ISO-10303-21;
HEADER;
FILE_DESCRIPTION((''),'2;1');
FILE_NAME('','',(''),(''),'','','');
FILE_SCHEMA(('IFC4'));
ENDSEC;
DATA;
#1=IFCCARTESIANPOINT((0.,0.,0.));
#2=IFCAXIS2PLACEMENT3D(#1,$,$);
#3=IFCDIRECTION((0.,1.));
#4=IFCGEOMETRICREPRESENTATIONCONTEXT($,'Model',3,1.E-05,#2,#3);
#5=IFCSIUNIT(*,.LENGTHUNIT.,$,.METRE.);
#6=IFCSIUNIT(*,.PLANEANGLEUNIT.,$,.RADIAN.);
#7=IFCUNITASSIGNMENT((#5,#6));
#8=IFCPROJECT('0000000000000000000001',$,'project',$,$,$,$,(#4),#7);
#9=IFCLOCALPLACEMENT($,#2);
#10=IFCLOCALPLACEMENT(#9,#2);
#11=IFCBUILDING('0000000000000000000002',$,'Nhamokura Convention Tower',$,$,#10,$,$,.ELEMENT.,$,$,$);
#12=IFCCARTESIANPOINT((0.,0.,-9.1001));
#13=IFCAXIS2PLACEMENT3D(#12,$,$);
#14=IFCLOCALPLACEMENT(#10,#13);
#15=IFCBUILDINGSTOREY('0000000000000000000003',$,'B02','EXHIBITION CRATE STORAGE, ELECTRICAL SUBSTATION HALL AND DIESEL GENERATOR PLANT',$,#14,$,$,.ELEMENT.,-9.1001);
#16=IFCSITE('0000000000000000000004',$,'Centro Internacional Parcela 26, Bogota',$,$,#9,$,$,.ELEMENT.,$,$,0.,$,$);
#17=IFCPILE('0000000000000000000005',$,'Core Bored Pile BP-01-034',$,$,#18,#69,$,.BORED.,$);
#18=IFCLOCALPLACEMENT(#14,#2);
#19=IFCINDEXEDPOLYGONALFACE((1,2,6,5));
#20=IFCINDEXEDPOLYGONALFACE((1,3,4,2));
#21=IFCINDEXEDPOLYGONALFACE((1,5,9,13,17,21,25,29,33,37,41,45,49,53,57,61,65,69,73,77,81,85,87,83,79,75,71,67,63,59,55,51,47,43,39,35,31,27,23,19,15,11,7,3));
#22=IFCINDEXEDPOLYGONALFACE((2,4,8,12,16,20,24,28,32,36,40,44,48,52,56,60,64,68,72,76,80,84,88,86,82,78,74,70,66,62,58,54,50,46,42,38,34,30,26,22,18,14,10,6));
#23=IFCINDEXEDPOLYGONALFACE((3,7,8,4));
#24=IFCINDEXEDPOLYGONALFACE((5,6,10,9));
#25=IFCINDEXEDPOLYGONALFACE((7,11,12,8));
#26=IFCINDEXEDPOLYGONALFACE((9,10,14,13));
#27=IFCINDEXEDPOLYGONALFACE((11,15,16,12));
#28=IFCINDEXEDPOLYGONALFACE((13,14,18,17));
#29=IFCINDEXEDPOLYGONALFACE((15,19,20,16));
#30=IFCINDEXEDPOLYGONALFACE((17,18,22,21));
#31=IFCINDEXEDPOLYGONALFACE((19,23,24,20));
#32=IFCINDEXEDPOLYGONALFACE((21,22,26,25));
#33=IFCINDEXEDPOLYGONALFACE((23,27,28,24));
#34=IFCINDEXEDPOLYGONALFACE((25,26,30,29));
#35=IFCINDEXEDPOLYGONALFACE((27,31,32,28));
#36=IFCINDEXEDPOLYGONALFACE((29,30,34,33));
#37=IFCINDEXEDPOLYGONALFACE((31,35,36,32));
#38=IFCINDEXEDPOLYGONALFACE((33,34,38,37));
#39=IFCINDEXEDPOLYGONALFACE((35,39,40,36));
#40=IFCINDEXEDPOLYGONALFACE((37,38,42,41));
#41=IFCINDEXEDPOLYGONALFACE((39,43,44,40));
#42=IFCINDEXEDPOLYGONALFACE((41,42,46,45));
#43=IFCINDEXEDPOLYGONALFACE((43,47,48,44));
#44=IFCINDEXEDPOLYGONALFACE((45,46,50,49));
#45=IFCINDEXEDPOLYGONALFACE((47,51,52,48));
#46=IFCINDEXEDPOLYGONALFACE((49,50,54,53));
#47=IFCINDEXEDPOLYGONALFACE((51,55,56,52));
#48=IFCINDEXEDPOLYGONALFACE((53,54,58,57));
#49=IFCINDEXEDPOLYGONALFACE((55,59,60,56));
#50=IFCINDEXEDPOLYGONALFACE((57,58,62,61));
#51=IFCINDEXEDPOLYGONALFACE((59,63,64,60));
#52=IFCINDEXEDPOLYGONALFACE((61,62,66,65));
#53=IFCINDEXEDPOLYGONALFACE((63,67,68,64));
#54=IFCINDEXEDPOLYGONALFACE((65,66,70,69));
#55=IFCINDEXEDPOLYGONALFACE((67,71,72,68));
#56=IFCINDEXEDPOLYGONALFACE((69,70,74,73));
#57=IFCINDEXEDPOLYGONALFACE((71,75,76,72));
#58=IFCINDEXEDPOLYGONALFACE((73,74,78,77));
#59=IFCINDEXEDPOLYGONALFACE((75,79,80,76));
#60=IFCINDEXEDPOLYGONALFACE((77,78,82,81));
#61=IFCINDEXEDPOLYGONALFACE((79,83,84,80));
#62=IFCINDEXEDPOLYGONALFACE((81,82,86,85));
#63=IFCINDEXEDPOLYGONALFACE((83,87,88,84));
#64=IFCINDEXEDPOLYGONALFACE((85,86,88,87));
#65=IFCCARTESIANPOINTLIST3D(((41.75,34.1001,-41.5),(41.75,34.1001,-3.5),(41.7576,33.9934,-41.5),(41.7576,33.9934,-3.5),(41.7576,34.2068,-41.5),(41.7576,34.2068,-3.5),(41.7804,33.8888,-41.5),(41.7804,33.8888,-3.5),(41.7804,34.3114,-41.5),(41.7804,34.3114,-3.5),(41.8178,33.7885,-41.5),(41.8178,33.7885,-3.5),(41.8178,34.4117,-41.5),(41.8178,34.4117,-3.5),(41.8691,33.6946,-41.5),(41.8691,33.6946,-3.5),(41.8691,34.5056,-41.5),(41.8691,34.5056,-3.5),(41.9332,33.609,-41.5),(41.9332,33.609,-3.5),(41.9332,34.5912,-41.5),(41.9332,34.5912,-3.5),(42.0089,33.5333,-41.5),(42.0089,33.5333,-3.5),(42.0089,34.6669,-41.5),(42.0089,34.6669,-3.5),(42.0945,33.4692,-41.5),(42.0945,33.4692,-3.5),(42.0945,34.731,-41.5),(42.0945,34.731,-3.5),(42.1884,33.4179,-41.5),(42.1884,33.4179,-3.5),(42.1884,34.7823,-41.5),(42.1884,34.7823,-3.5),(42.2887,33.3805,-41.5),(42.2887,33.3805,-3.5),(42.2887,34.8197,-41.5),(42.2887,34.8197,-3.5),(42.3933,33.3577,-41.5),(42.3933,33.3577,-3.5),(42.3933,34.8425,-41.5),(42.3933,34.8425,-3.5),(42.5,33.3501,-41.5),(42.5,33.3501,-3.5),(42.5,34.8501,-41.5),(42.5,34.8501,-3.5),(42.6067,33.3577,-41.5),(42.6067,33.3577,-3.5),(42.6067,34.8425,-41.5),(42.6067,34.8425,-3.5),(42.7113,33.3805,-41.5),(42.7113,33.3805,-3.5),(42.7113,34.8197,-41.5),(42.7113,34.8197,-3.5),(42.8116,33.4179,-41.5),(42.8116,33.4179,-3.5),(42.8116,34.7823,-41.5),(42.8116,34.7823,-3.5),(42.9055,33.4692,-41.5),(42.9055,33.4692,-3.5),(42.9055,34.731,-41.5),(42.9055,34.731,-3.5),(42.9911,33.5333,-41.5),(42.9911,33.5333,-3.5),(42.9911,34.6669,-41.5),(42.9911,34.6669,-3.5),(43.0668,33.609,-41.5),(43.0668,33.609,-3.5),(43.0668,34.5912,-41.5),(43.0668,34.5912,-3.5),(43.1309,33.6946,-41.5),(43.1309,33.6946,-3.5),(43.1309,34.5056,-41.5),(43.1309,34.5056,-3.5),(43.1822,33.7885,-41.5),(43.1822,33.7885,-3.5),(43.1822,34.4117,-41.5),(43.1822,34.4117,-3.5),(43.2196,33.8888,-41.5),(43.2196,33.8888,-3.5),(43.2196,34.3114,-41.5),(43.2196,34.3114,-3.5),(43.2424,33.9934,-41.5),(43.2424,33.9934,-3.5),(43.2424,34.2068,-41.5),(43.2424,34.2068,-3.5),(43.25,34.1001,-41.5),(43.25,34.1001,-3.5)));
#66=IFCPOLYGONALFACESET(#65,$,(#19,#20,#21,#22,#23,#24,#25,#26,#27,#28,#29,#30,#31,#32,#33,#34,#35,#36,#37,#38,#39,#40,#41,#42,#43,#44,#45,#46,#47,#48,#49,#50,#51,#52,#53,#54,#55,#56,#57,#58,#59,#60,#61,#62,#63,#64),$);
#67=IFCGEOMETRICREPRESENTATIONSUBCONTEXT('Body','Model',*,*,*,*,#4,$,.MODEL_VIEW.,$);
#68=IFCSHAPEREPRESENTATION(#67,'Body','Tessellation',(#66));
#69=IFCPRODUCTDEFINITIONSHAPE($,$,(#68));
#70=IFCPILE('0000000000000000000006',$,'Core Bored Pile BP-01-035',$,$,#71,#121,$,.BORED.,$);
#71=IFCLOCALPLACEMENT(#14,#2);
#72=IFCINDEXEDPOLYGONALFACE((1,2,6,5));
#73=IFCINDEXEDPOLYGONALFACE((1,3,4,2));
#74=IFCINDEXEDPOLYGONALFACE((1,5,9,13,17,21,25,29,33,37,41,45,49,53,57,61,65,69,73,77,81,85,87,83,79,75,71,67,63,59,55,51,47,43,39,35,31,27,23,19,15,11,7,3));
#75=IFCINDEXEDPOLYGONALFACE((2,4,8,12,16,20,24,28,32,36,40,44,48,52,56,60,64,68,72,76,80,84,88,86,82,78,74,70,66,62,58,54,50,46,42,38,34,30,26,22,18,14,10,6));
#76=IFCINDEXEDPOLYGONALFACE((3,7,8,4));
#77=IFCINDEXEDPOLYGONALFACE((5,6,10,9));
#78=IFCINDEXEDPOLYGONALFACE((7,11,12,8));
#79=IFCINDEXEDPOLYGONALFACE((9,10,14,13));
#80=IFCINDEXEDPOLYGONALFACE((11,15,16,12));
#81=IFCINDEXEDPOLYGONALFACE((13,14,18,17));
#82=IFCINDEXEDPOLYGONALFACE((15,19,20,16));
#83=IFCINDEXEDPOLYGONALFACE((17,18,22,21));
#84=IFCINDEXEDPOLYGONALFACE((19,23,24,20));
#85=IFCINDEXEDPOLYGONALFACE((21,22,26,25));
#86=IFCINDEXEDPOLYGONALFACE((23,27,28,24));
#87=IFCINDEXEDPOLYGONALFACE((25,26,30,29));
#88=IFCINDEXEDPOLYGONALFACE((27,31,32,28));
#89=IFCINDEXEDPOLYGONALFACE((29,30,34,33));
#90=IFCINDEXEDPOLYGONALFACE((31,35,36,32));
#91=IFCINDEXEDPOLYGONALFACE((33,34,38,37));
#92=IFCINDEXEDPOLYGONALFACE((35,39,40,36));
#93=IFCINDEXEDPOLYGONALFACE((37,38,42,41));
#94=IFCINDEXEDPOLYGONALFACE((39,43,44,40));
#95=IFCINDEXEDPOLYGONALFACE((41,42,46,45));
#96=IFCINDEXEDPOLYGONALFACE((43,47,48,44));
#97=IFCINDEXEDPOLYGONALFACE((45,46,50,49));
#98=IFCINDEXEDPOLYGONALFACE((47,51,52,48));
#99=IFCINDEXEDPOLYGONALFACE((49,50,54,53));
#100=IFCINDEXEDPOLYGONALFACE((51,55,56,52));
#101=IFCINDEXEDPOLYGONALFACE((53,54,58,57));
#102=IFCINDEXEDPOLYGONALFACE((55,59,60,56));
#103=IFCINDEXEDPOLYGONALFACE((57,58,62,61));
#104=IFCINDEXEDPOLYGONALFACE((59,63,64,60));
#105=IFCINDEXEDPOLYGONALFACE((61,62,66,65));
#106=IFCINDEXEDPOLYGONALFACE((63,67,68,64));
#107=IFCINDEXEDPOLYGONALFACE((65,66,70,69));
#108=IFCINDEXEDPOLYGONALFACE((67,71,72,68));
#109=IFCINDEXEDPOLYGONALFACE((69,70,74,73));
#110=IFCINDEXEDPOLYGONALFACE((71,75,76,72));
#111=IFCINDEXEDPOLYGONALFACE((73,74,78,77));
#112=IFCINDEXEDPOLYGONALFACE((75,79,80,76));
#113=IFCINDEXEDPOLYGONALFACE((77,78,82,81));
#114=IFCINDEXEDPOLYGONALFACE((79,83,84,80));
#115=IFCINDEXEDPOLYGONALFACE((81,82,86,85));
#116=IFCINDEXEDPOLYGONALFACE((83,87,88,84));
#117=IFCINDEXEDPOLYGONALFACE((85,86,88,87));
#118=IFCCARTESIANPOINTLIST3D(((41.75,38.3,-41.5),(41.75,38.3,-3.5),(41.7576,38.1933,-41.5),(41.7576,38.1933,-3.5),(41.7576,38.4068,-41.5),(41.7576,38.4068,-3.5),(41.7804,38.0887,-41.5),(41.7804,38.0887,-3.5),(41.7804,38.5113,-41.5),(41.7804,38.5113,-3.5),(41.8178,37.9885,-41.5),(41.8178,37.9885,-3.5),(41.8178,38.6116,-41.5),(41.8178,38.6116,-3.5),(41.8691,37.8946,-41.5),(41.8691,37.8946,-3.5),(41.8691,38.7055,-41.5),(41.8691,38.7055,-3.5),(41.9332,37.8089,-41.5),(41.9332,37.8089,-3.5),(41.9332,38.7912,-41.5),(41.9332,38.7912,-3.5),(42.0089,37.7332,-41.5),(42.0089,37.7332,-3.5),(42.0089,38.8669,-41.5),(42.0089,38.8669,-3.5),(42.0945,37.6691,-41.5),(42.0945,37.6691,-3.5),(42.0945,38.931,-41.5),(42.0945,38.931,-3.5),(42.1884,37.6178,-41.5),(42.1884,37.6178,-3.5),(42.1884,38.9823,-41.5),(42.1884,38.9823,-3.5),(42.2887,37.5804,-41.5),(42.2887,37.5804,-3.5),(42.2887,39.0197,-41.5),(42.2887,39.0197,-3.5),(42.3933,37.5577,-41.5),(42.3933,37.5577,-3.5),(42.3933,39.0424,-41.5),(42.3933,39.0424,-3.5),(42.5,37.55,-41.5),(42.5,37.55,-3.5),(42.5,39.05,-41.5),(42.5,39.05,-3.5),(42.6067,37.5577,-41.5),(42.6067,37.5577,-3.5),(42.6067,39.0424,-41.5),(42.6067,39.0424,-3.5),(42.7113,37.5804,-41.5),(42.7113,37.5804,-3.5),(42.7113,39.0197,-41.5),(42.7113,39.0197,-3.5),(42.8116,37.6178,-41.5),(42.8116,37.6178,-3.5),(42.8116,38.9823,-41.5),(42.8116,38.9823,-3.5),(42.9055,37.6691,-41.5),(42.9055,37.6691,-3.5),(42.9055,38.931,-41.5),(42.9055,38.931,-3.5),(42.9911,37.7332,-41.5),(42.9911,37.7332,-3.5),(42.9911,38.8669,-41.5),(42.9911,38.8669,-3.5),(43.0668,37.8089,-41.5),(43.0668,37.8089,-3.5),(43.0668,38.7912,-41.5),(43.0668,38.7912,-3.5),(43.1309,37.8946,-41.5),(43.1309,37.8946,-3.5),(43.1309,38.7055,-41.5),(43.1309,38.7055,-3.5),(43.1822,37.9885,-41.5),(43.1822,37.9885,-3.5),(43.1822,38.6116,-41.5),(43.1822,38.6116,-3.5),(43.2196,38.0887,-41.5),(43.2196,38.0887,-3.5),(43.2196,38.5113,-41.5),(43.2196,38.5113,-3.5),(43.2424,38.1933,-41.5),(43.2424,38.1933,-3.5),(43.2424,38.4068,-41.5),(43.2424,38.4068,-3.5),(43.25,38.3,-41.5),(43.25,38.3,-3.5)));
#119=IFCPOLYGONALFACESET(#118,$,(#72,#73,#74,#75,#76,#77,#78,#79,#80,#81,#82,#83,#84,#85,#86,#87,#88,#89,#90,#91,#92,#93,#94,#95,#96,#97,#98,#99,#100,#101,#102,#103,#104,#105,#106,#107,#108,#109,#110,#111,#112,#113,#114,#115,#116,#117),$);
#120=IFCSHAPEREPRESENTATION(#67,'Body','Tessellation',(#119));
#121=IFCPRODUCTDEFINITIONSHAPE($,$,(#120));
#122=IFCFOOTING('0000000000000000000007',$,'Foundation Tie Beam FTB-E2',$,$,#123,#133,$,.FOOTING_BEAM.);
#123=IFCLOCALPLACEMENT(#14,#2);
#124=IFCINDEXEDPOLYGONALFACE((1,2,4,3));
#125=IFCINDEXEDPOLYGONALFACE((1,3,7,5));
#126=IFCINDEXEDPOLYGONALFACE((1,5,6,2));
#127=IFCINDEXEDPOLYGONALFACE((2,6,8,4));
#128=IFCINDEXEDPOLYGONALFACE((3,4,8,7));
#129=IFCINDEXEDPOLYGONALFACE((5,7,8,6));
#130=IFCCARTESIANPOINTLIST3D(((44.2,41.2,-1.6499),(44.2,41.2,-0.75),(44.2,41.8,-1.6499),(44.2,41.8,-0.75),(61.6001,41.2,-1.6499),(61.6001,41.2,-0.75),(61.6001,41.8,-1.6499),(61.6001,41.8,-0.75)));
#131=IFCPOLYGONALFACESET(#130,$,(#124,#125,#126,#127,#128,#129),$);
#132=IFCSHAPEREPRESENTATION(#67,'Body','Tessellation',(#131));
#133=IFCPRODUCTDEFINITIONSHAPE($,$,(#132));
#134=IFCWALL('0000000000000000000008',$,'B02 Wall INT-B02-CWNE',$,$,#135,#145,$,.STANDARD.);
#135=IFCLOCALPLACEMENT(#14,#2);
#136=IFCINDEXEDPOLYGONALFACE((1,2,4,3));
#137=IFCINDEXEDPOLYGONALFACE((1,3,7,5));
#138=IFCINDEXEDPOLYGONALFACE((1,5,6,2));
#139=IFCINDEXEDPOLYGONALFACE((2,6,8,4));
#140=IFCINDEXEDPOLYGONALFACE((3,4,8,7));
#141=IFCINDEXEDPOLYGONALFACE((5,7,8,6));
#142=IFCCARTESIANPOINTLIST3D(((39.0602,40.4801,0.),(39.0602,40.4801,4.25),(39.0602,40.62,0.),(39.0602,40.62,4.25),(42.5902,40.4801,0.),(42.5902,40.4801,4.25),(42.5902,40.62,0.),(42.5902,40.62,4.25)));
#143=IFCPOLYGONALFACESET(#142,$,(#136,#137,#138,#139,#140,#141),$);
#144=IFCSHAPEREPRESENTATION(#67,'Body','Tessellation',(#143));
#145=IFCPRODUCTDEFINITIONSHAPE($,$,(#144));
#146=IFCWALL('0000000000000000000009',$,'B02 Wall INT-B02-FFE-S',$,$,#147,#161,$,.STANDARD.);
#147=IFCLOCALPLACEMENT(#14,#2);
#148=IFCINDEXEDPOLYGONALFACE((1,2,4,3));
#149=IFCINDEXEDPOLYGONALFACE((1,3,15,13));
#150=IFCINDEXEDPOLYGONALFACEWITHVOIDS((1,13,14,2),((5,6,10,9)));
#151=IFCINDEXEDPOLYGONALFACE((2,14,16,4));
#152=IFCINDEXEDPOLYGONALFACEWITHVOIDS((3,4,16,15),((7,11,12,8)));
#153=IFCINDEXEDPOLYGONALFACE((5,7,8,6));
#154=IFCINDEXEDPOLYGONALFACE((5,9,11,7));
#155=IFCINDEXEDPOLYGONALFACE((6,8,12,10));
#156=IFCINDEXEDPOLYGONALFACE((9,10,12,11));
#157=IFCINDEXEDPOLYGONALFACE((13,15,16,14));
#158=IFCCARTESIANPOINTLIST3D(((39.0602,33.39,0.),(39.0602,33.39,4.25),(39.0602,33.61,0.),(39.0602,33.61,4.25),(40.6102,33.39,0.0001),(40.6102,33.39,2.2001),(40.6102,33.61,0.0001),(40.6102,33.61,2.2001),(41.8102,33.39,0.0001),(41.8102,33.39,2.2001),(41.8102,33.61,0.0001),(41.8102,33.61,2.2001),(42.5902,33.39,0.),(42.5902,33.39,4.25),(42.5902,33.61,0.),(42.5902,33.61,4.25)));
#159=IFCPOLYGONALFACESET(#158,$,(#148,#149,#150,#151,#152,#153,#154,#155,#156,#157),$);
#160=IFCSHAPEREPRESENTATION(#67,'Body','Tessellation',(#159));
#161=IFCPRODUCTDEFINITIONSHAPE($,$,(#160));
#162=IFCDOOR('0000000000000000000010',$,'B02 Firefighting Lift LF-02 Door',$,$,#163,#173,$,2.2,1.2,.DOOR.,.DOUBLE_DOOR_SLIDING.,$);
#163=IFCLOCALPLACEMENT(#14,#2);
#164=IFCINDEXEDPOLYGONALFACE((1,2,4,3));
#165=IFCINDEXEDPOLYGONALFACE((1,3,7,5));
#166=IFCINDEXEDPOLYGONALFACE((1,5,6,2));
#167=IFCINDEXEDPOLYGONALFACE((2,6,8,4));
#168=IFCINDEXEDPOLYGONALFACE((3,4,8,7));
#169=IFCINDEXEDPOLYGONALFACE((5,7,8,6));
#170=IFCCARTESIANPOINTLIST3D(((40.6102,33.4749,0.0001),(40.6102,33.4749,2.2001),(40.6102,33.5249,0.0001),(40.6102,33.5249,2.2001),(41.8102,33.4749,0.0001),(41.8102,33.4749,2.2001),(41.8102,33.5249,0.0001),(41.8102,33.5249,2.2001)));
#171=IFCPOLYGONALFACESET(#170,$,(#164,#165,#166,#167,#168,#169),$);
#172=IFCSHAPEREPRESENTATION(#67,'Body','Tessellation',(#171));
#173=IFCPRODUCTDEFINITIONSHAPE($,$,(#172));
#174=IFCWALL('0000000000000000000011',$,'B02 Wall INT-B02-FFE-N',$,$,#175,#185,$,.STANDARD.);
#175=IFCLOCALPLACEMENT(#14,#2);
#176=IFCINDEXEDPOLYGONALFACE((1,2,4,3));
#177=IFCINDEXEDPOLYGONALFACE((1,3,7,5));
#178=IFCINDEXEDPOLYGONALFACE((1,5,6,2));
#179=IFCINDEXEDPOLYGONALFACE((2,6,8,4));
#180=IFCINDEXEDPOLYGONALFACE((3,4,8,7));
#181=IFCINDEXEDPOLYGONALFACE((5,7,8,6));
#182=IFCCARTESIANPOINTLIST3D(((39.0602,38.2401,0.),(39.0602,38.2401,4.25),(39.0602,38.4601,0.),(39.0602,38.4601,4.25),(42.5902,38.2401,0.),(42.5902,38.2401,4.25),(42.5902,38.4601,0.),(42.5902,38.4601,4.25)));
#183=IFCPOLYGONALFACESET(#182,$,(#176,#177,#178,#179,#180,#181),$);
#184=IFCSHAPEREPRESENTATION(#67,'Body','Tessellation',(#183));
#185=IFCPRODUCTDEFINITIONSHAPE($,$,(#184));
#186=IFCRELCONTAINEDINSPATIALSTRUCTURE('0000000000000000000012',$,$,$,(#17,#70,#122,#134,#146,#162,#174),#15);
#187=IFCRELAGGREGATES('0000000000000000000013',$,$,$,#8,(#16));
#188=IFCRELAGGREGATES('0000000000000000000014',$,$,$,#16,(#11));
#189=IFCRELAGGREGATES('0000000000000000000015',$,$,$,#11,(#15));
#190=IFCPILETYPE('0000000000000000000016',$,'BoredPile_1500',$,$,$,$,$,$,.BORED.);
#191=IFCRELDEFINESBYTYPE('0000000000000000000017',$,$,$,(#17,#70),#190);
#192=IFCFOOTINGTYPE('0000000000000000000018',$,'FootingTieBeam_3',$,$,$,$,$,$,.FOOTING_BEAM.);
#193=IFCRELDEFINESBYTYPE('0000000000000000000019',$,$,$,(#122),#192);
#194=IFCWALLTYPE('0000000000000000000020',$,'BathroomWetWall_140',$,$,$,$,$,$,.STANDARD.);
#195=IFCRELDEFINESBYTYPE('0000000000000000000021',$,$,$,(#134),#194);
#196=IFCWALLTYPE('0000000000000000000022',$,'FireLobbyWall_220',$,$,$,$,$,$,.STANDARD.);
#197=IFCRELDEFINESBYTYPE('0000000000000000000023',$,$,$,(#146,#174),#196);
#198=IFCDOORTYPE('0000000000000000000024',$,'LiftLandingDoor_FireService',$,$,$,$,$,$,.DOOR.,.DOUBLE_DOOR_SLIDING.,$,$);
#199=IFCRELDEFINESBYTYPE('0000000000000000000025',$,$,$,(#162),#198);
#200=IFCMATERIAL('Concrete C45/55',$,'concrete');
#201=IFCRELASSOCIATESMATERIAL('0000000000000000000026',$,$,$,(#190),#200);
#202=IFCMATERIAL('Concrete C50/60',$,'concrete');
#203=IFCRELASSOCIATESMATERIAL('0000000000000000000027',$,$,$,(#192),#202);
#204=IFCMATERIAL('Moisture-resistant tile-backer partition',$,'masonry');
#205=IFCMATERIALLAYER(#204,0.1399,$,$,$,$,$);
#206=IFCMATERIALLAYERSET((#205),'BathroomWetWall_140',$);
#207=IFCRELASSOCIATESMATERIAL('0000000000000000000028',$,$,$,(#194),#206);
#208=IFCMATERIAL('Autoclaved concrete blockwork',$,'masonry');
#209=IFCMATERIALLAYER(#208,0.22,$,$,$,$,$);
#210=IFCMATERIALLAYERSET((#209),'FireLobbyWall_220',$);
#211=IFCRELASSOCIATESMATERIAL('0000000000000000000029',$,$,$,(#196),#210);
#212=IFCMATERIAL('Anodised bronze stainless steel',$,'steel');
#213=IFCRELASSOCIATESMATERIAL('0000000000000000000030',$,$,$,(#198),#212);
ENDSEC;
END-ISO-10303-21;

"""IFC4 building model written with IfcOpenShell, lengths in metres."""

from ifc_helpers import new_model, si_unit, direction, frame, frame_2d, origin, origin_2d, place, context, subcontext, project, spatial, rectangle, circle, extrude, material, layer, layer_set, material_profile, profile_set, type_object, element, fill, save


model = new_model("IFC4")

# Units and contexts
model_context = context("Model", 3, precision=1e-05, world=origin(), true_north=direction((0.0, 1.0)))
body_context = subcontext(model_context, "Body", "Model", "MODEL_VIEW")
ifc_project = project(units=[si_unit("LENGTHUNIT", "METRE"), si_unit("PLANEANGLEUNIT", "RADIAN")], contexts=[model_context])

# Site, building, storey
site_placement = place(None, origin())
site = spatial("IfcSite", under=ifc_project, at=site_placement, Name="Centro Internacional Parcela 26, Bogota", CompositionType="ELEMENT", RefElevation=0.0)
building_placement = place(site_placement, origin())
building = spatial("IfcBuilding", under=site, at=building_placement, Name="Nhamokura Convention Tower", CompositionType="ELEMENT")
storey_placement = place(building_placement, frame((0.0, 0.0, -9.1001)))
storey = spatial("IfcBuildingStorey", under=building, at=storey_placement, Name="B02", Description="EXHIBITION CRATE STORAGE, ELECTRICAL SUBSTATION HALL AND DIESEL GENERATOR PLANT", CompositionType="ELEMENT", Elevation=-9.1001)

# Piles
ifc_material_1 = material(Name="Concrete C45/55", Category="concrete")
ifc_material_profile_1 = material_profile(ifc_material_1, circle(Radius=0.75, at=origin_2d()))
ifc_profile_set_1 = profile_set([ifc_material_profile_1], Name="Concrete C45/55")
pile_type = type_object("IfcPileType", Name="BoredPile_1500", PredefinedType="BORED", material=ifc_profile_set_1)
for number, where, z_axis, x_axis, name in (
    (1, (42.5, 34.1001, -3.5), (0.0, 0.0, -1.0), (1.0, 0.0, 0.0), "Core Bored Pile BP-01-034"),
    (2, (42.5, 38.3, -3.5), (0.0, 0.0, -1.0), (1.0, 0.0, 0.0), "Core Bored Pile BP-01-035"),
):
    element("IfcPile", number, at=place(storey_placement, frame(where, z_axis=z_axis, x_axis=x_axis)), inside=storey, type_object=pile_type, Name=name, PredefinedType="BORED", context=body_context, shape_type="SweptSolid", body=[
        extrude(circle(Radius=0.75, at=origin_2d()), origin(), (0.0, 0.0, 1.0), 38.0),
    ])

# Footing
ifc_material_2 = material(Name="Concrete C50/60", Category="concrete")
ifc_material_profile_2 = material_profile(ifc_material_2, rectangle(XDim=0.6001, YDim=0.8999, at=origin_2d()))
ifc_profile_set_2 = profile_set([ifc_material_profile_2], Name="Concrete C50/60")
footing_type = type_object("IfcFootingType", Name="FootingTieBeam_3", PredefinedType="FOOTING_BEAM", material=ifc_profile_set_2)
footing_placement = place(storey_placement, frame((44.2, 41.5, -1.2), z_axis=(1.0, 0.0, 0.0), x_axis=(0.0, 1.0, 0.0)))
element("IfcFooting", 3, at=footing_placement, inside=storey, type_object=footing_type, Name="Foundation Tie Beam FTB-E2", PredefinedType="FOOTING_BEAM", context=body_context, shape_type="SweptSolid", body=[
    extrude(rectangle(XDim=0.6001, YDim=0.8999, at=origin_2d()), origin(), (0.0, 0.0, 1.0), 17.4001),
])

# Wall
ifc_material_3 = material(Name="Moisture-resistant tile-backer partition", Category="masonry")
ifc_layer_1 = layer(ifc_material_3, 0.1399)
ifc_layer_set_1 = layer_set([ifc_layer_1], Name="BathroomWetWall_140")
wall_type_1 = type_object("IfcWallType", Name="BathroomWetWall_140", PredefinedType="STANDARD", material=ifc_layer_set_1)
wall_1_placement = place(storey_placement, frame((39.0601, 40.55, 0.0), z_axis=(0.0, 0.0, 1.0), x_axis=(1.0, 0.0, 0.0)))
element("IfcWall", 4, at=wall_1_placement, inside=storey, type_object=wall_type_1, Name="B02 Wall INT-B02-CWNE", PredefinedType="STANDARD", context=body_context, shape_type="SweptSolid", body=[
    extrude(rectangle(XDim=3.53, YDim=0.1399, at=frame_2d((1.7651, 0.0))), origin(), (0.0, 0.0, 1.0), 4.25),
])

# Wall, opening, door
ifc_material_4 = material(Name="Autoclaved concrete blockwork", Category="masonry")
ifc_layer_2 = layer(ifc_material_4, 0.22)
ifc_layer_set_2 = layer_set([ifc_layer_2], Name="FireLobbyWall_220")
wall_type_2 = type_object("IfcWallType", Name="FireLobbyWall_220", PredefinedType="STANDARD", material=ifc_layer_set_2)
wall_2_placement = place(storey_placement, frame((39.0601, 33.5, 0.0), z_axis=(0.0, 0.0, 1.0), x_axis=(1.0, 0.0, 0.0)))
wall_2 = element("IfcWall", 5, at=wall_2_placement, inside=storey, type_object=wall_type_2, Name="B02 Wall INT-B02-FFE-S", PredefinedType="STANDARD", context=body_context, shape_type="SweptSolid", body=[
    extrude(rectangle(XDim=3.53, YDim=0.22, at=frame_2d((1.7651, 0.0))), origin(), (0.0, 0.0, 1.0), 4.25),
])
opening_1_placement = place(wall_2_placement, frame((1.55, 0.0, 0.0)))
opening_1 = element("IfcOpeningElement", 6, at=opening_1_placement, cuts=wall_2, PredefinedType="OPENING", context=body_context, shape_type="SweptSolid", body=[
    extrude(rectangle(XDim=1.2, YDim=2.2, at=frame_2d((0.6001, 1.1001))), frame((0.0, 0.1199, 0.0), z_axis=(0.0, -1.0, 0.0), x_axis=(1.0, 0.0, 0.0)), (0.0, 0.0, 1.0), 0.24),
])
ifc_material_5 = material(Name="Anodised bronze stainless steel", Category="steel")
door_type = type_object("IfcDoorType", Name="LiftLandingDoor_FireService", OperationType="DOUBLE_DOOR_SLIDING", PredefinedType="DOOR", material=ifc_material_5)
door_1_placement = place(opening_1_placement, origin())
door_1 = element("IfcDoor", 7, at=door_1_placement, inside=storey, type_object=door_type, Name="B02 Firefighting Lift LF-02 Door", OperationType="DOUBLE_DOOR_SLIDING", OverallHeight=2.2, OverallWidth=1.2, PredefinedType="DOOR", context=body_context, shape_type="SweptSolid", body=[
    extrude(rectangle(XDim=1.2, YDim=2.2, at=frame_2d((0.6001, 1.1001))), frame((0.0, 0.0249, 0.0), z_axis=(0.0, -1.0, 0.0), x_axis=(1.0, 0.0, 0.0)), (0.0, 0.0, 1.0), 0.05),
])
fill(opening_1, door_1)

# Wall
wall_3_placement = place(storey_placement, frame((39.0601, 38.3501, 0.0), z_axis=(0.0, 0.0, 1.0), x_axis=(1.0, 0.0, 0.0)))
element("IfcWall", 8, at=wall_3_placement, inside=storey, type_object=wall_type_2, Name="B02 Wall INT-B02-FFE-N", PredefinedType="STANDARD", context=body_context, shape_type="SweptSolid", body=[
    extrude(rectangle(XDim=3.53, YDim=0.22, at=frame_2d((1.7651, 0.0))), origin(), (0.0, 0.0, 1.0), 4.25),
])

save(model, "model.ifc")
